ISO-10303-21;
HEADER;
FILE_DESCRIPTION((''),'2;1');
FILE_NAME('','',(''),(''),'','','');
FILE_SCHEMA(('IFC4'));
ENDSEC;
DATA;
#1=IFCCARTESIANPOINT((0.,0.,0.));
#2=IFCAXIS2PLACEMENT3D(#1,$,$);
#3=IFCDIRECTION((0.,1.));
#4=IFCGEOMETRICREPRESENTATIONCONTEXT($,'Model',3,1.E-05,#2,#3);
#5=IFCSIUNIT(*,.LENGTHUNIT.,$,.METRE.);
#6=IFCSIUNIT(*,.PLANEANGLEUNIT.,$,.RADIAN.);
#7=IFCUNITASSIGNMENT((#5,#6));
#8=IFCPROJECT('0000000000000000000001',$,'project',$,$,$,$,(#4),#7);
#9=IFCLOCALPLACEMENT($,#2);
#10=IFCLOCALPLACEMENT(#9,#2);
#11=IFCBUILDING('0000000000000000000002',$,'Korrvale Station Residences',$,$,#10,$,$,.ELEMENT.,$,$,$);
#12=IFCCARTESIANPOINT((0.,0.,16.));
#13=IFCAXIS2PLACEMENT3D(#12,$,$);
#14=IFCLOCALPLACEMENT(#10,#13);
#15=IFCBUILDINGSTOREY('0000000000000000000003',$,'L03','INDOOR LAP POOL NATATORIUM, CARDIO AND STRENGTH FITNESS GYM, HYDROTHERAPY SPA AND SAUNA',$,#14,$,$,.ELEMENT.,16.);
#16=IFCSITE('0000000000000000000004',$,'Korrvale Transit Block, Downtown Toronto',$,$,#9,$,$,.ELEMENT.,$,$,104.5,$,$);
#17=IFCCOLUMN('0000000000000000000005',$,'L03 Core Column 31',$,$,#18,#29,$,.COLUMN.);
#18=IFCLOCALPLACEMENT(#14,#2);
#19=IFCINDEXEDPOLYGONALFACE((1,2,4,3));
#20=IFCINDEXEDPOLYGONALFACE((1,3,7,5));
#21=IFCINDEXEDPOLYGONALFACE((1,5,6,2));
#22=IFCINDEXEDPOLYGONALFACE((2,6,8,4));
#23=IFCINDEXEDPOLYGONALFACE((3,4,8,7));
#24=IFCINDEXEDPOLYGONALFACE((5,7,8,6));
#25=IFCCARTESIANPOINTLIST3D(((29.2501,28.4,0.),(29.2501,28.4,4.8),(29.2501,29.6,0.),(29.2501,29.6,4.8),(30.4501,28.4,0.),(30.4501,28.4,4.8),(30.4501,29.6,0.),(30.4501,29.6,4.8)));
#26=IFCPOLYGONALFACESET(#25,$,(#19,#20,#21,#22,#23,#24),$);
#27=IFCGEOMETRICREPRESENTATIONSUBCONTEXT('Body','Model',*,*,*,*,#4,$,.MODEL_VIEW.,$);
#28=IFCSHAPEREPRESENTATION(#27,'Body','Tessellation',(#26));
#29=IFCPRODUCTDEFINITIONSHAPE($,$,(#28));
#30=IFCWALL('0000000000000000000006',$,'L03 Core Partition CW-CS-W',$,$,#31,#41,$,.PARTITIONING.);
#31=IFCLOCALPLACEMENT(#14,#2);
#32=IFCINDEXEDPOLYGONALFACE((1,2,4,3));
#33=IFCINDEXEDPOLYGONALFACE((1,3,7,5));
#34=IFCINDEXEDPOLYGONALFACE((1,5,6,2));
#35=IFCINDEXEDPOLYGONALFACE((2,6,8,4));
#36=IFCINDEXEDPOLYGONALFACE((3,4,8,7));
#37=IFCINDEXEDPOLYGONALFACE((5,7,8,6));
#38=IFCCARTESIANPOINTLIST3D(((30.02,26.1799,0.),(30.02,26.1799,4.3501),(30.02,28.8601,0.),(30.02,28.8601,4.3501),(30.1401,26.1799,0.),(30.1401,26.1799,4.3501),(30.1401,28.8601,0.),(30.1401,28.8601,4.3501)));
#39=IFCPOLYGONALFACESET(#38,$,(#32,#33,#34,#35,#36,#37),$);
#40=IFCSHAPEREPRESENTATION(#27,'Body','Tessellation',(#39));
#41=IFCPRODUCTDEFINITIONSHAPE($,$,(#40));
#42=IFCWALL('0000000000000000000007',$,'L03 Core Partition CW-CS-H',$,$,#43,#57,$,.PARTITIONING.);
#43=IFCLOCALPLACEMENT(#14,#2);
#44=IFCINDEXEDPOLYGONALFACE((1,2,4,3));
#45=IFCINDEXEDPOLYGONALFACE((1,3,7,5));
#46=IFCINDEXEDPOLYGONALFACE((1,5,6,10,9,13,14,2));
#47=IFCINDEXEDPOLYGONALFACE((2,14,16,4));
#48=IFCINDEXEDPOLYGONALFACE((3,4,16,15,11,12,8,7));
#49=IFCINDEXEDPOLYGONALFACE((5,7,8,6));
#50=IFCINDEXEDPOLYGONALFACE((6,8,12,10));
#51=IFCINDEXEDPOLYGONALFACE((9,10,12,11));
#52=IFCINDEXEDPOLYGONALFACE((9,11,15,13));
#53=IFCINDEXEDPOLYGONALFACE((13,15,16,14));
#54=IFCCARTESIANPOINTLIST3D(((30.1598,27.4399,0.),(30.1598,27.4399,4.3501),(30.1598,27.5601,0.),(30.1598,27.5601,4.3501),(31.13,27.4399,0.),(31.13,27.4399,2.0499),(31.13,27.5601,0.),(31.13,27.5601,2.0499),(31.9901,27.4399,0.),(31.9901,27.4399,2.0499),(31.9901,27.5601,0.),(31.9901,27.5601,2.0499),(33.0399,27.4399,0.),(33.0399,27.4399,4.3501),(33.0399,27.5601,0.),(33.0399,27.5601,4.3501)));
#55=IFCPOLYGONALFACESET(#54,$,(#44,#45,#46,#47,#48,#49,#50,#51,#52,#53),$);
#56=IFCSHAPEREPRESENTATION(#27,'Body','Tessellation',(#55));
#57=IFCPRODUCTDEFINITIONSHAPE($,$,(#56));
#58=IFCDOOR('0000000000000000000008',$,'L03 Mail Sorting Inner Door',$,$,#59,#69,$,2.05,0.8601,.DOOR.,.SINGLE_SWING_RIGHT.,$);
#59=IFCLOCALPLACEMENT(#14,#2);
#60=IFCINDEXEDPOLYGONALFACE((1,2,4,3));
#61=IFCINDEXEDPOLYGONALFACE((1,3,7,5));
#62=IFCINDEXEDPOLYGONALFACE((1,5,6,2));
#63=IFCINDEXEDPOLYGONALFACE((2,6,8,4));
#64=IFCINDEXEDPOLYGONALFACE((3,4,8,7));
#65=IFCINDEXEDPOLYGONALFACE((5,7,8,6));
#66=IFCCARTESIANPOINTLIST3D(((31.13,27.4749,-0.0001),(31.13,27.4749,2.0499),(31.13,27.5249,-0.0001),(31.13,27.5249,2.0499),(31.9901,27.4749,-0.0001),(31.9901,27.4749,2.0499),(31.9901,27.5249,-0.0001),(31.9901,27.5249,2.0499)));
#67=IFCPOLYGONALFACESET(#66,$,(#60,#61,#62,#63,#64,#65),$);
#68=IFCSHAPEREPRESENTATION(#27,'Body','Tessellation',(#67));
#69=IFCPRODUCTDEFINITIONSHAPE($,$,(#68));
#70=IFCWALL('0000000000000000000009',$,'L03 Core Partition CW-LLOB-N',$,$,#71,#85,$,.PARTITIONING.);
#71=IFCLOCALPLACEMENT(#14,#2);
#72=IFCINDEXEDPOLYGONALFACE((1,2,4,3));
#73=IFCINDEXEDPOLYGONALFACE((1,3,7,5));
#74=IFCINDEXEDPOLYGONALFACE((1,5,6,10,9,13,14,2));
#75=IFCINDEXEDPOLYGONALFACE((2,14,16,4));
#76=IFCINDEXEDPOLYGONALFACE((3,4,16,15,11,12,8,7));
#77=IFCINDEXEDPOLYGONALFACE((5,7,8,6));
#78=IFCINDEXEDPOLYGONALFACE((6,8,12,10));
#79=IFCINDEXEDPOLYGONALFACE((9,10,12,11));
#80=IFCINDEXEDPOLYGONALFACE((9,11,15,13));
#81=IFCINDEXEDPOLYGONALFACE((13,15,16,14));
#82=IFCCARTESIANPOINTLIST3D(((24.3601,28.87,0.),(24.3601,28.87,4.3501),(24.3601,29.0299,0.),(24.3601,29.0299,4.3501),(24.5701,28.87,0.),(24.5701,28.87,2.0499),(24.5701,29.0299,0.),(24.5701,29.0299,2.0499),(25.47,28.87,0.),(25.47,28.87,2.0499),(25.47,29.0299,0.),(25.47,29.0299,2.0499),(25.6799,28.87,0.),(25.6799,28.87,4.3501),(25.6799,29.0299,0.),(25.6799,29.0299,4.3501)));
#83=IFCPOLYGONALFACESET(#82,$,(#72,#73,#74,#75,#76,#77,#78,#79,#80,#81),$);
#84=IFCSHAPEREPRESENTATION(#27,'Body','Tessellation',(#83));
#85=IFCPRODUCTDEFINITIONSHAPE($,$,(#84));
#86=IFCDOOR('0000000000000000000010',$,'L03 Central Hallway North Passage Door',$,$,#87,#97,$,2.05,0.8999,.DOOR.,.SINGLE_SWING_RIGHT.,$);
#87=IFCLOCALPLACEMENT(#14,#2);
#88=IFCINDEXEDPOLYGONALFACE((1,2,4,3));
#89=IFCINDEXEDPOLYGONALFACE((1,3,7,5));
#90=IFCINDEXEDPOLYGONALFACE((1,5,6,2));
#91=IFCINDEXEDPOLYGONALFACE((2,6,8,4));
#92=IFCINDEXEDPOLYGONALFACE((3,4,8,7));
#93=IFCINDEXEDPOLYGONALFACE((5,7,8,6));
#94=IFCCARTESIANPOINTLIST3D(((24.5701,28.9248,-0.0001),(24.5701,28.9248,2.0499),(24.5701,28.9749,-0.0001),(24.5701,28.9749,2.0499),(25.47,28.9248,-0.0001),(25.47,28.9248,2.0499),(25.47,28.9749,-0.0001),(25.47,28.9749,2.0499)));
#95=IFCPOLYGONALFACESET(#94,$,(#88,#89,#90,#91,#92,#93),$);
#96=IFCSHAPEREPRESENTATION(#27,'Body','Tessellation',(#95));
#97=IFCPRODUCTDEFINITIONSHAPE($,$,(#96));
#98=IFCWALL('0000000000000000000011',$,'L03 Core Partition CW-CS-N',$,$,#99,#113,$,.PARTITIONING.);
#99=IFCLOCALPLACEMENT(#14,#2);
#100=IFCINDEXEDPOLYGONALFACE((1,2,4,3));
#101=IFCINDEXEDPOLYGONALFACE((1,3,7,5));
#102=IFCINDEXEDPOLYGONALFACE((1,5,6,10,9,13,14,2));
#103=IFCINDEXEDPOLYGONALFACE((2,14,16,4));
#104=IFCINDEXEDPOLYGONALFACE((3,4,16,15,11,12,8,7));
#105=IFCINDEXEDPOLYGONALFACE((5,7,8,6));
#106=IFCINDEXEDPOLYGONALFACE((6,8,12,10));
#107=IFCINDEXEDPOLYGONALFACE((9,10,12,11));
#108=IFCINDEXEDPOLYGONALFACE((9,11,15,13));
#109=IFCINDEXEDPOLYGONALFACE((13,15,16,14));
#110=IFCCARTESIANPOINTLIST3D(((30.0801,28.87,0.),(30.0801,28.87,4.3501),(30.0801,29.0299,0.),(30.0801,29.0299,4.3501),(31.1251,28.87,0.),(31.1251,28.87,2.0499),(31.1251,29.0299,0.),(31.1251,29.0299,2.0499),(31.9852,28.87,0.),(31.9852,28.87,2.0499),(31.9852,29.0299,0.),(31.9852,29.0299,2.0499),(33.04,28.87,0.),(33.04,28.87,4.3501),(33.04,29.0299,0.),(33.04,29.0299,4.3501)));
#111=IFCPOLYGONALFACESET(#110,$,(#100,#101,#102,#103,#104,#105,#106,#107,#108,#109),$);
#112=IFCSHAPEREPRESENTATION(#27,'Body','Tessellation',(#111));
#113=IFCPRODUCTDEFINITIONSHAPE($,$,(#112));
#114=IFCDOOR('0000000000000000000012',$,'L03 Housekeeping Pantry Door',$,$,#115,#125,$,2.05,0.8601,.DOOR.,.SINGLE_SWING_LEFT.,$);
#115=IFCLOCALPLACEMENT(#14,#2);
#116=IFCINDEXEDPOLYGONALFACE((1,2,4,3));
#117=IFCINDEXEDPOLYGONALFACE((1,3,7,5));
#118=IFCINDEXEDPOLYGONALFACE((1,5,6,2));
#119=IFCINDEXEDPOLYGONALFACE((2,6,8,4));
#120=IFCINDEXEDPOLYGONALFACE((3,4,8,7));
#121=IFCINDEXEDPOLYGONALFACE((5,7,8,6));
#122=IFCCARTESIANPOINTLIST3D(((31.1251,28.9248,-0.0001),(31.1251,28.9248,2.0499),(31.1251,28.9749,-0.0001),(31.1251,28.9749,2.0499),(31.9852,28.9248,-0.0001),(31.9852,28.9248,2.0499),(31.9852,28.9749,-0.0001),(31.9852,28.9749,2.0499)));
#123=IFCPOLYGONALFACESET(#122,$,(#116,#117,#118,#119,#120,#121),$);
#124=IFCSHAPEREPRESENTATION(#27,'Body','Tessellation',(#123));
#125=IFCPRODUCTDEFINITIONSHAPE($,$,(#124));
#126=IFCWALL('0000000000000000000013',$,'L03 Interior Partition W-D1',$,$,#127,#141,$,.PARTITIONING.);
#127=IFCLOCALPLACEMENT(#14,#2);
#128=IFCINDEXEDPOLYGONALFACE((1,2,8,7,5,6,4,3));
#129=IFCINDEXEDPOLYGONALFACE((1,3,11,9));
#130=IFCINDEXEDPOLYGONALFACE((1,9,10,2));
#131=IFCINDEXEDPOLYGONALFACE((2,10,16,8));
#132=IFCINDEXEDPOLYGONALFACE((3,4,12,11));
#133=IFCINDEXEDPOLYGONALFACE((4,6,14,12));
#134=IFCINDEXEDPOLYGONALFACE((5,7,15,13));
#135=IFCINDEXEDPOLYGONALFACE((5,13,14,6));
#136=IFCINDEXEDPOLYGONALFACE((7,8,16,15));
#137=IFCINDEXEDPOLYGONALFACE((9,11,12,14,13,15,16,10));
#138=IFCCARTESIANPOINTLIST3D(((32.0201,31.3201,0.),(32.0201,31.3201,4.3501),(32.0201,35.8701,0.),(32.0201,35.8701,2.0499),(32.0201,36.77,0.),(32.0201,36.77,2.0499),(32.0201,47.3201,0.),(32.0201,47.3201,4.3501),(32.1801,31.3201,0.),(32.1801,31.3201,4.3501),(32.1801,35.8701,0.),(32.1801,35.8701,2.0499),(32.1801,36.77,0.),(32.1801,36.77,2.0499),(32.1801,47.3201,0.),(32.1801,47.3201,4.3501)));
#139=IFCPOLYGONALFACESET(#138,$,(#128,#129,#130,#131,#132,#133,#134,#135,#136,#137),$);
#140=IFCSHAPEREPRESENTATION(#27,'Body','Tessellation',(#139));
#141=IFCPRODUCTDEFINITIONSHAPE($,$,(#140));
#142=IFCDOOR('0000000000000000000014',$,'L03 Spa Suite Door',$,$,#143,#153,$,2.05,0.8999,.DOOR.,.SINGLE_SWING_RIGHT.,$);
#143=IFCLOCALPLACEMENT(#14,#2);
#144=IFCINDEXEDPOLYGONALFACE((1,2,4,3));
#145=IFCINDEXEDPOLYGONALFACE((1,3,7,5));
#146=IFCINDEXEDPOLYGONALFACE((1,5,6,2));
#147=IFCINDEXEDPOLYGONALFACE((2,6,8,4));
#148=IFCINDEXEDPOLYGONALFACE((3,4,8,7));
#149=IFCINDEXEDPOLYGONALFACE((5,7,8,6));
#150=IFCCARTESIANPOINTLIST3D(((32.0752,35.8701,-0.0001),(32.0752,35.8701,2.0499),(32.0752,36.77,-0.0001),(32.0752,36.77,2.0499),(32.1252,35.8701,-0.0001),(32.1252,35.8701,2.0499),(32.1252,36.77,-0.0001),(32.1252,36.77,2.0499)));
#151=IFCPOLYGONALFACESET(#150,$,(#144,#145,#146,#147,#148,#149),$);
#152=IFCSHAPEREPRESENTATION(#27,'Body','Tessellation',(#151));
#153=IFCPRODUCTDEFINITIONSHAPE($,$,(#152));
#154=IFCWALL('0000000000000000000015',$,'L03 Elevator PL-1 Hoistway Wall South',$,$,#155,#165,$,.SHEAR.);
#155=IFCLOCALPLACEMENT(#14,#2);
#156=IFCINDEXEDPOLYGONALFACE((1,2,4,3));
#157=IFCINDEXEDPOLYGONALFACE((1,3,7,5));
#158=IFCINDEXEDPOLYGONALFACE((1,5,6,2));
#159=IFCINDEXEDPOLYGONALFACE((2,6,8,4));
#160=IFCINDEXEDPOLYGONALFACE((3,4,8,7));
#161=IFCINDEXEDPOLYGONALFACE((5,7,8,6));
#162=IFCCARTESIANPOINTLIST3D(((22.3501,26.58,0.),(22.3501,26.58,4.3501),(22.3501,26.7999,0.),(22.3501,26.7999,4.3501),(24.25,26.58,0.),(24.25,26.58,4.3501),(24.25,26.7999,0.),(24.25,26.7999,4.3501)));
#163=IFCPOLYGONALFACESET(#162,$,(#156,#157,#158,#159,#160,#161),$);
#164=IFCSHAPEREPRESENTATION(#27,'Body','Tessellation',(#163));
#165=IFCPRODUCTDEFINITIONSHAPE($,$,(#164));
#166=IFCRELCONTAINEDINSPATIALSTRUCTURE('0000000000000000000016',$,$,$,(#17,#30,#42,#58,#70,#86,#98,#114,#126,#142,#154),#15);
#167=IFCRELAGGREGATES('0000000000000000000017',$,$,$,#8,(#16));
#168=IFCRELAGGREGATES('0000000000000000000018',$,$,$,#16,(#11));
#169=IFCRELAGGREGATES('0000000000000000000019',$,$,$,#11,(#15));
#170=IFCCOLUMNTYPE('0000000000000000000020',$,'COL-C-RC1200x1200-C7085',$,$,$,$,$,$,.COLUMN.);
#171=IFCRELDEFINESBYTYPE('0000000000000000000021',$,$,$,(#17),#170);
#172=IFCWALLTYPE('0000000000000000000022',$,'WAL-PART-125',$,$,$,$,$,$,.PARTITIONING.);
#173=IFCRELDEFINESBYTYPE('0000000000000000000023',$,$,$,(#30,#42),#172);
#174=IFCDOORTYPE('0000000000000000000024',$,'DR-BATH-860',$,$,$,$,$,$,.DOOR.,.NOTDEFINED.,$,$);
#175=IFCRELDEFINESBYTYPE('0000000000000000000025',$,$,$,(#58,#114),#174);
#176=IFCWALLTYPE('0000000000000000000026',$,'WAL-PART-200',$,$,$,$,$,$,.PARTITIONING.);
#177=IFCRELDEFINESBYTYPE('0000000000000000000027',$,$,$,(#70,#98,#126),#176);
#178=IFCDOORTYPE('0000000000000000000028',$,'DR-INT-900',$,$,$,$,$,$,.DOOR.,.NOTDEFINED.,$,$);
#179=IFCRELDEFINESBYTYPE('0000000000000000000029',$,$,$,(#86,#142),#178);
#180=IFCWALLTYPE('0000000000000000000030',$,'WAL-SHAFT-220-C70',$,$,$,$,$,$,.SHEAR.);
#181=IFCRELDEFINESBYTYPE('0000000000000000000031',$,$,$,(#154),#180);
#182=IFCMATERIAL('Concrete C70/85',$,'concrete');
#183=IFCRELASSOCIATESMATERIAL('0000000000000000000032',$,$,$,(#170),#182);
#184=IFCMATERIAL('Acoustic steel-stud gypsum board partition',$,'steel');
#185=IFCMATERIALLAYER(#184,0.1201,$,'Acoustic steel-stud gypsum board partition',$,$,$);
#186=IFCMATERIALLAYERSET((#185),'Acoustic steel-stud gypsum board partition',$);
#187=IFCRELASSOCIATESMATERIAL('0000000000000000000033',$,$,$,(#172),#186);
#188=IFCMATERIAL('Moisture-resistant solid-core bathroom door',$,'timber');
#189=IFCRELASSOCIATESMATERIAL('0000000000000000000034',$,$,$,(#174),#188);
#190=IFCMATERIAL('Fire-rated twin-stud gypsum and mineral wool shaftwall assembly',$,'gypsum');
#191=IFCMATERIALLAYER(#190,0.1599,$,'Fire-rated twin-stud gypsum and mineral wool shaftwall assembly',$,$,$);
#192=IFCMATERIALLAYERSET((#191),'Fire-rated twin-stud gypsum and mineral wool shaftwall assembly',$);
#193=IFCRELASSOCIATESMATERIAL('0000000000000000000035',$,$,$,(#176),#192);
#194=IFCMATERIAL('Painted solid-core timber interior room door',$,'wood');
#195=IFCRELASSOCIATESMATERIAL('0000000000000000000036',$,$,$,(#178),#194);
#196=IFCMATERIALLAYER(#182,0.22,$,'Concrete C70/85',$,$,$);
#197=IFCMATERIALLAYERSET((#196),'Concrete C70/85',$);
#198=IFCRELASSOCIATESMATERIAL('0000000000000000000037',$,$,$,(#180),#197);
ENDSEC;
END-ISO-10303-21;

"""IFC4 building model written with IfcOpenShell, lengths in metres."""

from ifc_helpers import new_model, si_unit, direction, frame, frame_2d, origin, origin_2d, place, context, subcontext, project, spatial, rectangle, extrude, material, layer, layer_set, material_profile, profile_set, type_object, element, fill, save


model = new_model("IFC4")

# Units and contexts
model_context = context("Model", 3, precision=1e-05, world=origin(), true_north=direction((0.0, 1.0)))
body_context = subcontext(model_context, "Body", "Model", "MODEL_VIEW")
ifc_project = project(units=[si_unit("LENGTHUNIT", "METRE"), si_unit("PLANEANGLEUNIT", "RADIAN")], contexts=[model_context])

# Site, building, storey
site_placement = place(None, origin())
site = spatial("IfcSite", under=ifc_project, at=site_placement, Name="Korrvale Transit Block, Downtown Toronto", CompositionType="ELEMENT", RefElevation=104.5)
building_placement = place(site_placement, origin())
building = spatial("IfcBuilding", under=site, at=building_placement, Name="Korrvale Station Residences", CompositionType="ELEMENT")
storey_placement = place(building_placement, frame((0.0, 0.0, 16.0)))
storey = spatial("IfcBuildingStorey", under=building, at=storey_placement, Name="L03", Description="INDOOR LAP POOL NATATORIUM, CARDIO AND STRENGTH FITNESS GYM, HYDROTHERAPY SPA AND SAUNA", CompositionType="ELEMENT", Elevation=16.0)

# Column
ifc_material_1 = material(Name="Concrete C70/85", Category="concrete")
ifc_material_profile = material_profile(ifc_material_1, rectangle(XDim=1.2, YDim=1.2, at=origin_2d()), Name="RC1200x1200")
ifc_profile_set = profile_set([ifc_material_profile], Name="Concrete C70/85")
column_type = type_object("IfcColumnType", Name="COL-C-RC1200x1200-C7085", PredefinedType="COLUMN", material=ifc_profile_set)
column_placement = place(storey_placement, frame((29.8501, 29.0, 0.0), z_axis=(0.0, 0.0, 1.0), x_axis=(1.0, 0.0, 0.0)))
element("IfcColumn", 1, at=column_placement, inside=storey, type_object=column_type, Name="L03 Core Column 31", PredefinedType="COLUMN", context=body_context, shape_type="SweptSolid", body=[
    extrude(rectangle(XDim=1.2, YDim=1.2, at=origin_2d()), origin(), (0.0, 0.0, 1.0), 4.8),
])

# Wall
ifc_material_2 = material(Name="Acoustic steel-stud gypsum board partition", Category="steel")
ifc_layer_1 = layer(ifc_material_2, 0.1201, Name="Acoustic steel-stud gypsum board partition")
ifc_layer_set_1 = layer_set([ifc_layer_1], Name="Acoustic steel-stud gypsum board partition")
wall_type_1 = type_object("IfcWallType", Name="WAL-PART-125", PredefinedType="PARTITIONING", material=ifc_layer_set_1)
wall_1_placement = place(storey_placement, frame((30.0801, 26.1799, 0.0), z_axis=(0.0, 0.0, 1.0), x_axis=(0.0, 1.0, 0.0)))
element("IfcWall", 2, at=wall_1_placement, inside=storey, type_object=wall_type_1, Name="L03 Core Partition CW-CS-W", PredefinedType="PARTITIONING", context=body_context, shape_type="SweptSolid", body=[
    extrude(rectangle(XDim=2.6802, YDim=0.1201, at=frame_2d((1.3401, 0.0))), origin(), (0.0, 0.0, 1.0), 4.3501),
])

# Walls, openings, doors
wall_2_placement = place(storey_placement, frame((30.1599, 27.5, 0.0), z_axis=(0.0, 0.0, 1.0), x_axis=(1.0, 0.0, 0.0)))
wall_2 = element("IfcWall", 3, at=wall_2_placement, inside=storey, type_object=wall_type_1, Name="L03 Core Partition CW-CS-H", PredefinedType="PARTITIONING", context=body_context, shape_type="SweptSolid", body=[
    extrude(rectangle(XDim=2.8801, YDim=0.1201, at=frame_2d((1.4399, 0.0))), origin(), (0.0, 0.0, 1.0), 4.3501),
])
opening_1_placement = place(wall_2_placement, frame((0.97, 0.0, 0.0)))
opening_1 = element("IfcOpeningElement", 4, at=opening_1_placement, cuts=wall_2, PredefinedType="OPENING", context=body_context, shape_type="SweptSolid", body=[
    extrude(rectangle(XDim=0.8601, YDim=2.05, at=frame_2d((0.4302, 1.0249))), frame((0.0, 0.0701, 0.0), z_axis=(0.0, -1.0, 0.0), x_axis=(1.0, 0.0, 0.0)), (0.0, 0.0, 1.0), 0.1401),
])
ifc_material_3 = material(Name="Moisture-resistant solid-core bathroom door", Category="timber")
door_type_1 = type_object("IfcDoorType", Name="DR-BATH-860", OperationType="NOTDEFINED", PredefinedType="DOOR", material=ifc_material_3)
door_1_placement = place(opening_1_placement, origin())
door_1 = element("IfcDoor", 5, at=door_1_placement, inside=storey, type_object=door_type_1, Name="L03 Mail Sorting Inner Door", OperationType="SINGLE_SWING_RIGHT", OverallHeight=2.05, OverallWidth=0.8601, PredefinedType="DOOR", context=body_context, shape_type="SweptSolid", body=[
    extrude(rectangle(XDim=0.8601, YDim=2.05, at=frame_2d((0.4302, 1.0249))), frame((0.0, 0.0249, 0.0), z_axis=(0.0, -1.0, 0.0), x_axis=(1.0, 0.0, 0.0)), (0.0, 0.0, 1.0), 0.05),
])
fill(opening_1, door_1)
ifc_material_4 = material(Name="Fire-rated twin-stud gypsum and mineral wool shaftwall assembly", Category="gypsum")
ifc_layer_2 = layer(ifc_material_4, 0.1599, Name="Fire-rated twin-stud gypsum and mineral wool shaftwall assembly")
ifc_layer_set_2 = layer_set([ifc_layer_2], Name="Fire-rated twin-stud gypsum and mineral wool shaftwall assembly")
wall_type_2 = type_object("IfcWallType", Name="WAL-PART-200", PredefinedType="PARTITIONING", material=ifc_layer_set_2)
wall_3_placement = place(storey_placement, frame((24.3601, 28.95, 0.0), z_axis=(0.0, 0.0, 1.0), x_axis=(1.0, 0.0, 0.0)))
wall_3 = element("IfcWall", 6, at=wall_3_placement, inside=storey, type_object=wall_type_2, Name="L03 Core Partition CW-LLOB-N", PredefinedType="PARTITIONING", context=body_context, shape_type="SweptSolid", body=[
    extrude(rectangle(XDim=1.3198, YDim=0.1599, at=frame_2d((0.6599, 0.0))), origin(), (0.0, 0.0, 1.0), 4.3501),
])
opening_2_placement = place(wall_3_placement, frame((0.21, 0.0, 0.0)))
opening_2 = element("IfcOpeningElement", 7, at=opening_2_placement, cuts=wall_3, PredefinedType="OPENING", context=body_context, shape_type="SweptSolid", body=[
    extrude(rectangle(XDim=0.8999, YDim=2.05, at=frame_2d((0.45, 1.0249))), frame((0.0, 0.0898, 0.0), z_axis=(0.0, -1.0, 0.0), x_axis=(1.0, 0.0, 0.0)), (0.0, 0.0, 1.0), 0.1799),
])
ifc_material_5 = material(Name="Painted solid-core timber interior room door", Category="wood")
door_type_2 = type_object("IfcDoorType", Name="DR-INT-900", OperationType="NOTDEFINED", PredefinedType="DOOR", material=ifc_material_5)
door_2_placement = place(opening_2_placement, origin())
door_2 = element("IfcDoor", 8, at=door_2_placement, inside=storey, type_object=door_type_2, Name="L03 Central Hallway North Passage Door", OperationType="SINGLE_SWING_RIGHT", OverallHeight=2.05, OverallWidth=0.8999, PredefinedType="DOOR", context=body_context, shape_type="SweptSolid", body=[
    extrude(rectangle(XDim=0.8999, YDim=2.05, at=frame_2d((0.45, 1.0249))), frame((0.0, 0.0249, 0.0), z_axis=(0.0, -1.0, 0.0), x_axis=(1.0, 0.0, 0.0)), (0.0, 0.0, 1.0), 0.05),
])
fill(opening_2, door_2)
wall_4_placement = place(storey_placement, frame((30.0801, 28.95, 0.0), z_axis=(0.0, 0.0, 1.0), x_axis=(1.0, 0.0, 0.0)))
wall_4 = element("IfcWall", 9, at=wall_4_placement, inside=storey, type_object=wall_type_2, Name="L03 Core Partition CW-CS-N", PredefinedType="PARTITIONING", context=body_context, shape_type="SweptSolid", body=[
    extrude(rectangle(XDim=2.96, YDim=0.1599, at=frame_2d((1.48, 0.0))), origin(), (0.0, 0.0, 1.0), 4.3501),
])
opening_3_placement = place(wall_4_placement, frame((1.0449, 0.0, 0.0)))
opening_3 = element("IfcOpeningElement", 10, at=opening_3_placement, cuts=wall_4, PredefinedType="OPENING", context=body_context, shape_type="SweptSolid", body=[
    extrude(rectangle(XDim=0.8601, YDim=2.05, at=frame_2d((0.4302, 1.0249))), frame((0.0, 0.0898, 0.0), z_axis=(0.0, -1.0, 0.0), x_axis=(1.0, 0.0, 0.0)), (0.0, 0.0, 1.0), 0.1799),
])
door_3_placement = place(opening_3_placement, origin())
door_3 = element("IfcDoor", 11, at=door_3_placement, inside=storey, type_object=door_type_1, Name="L03 Housekeeping Pantry Door", OperationType="SINGLE_SWING_LEFT", OverallHeight=2.05, OverallWidth=0.8601, PredefinedType="DOOR", context=body_context, shape_type="SweptSolid", body=[
    extrude(rectangle(XDim=0.8601, YDim=2.05, at=frame_2d((0.4302, 1.0249))), frame((0.0, 0.0249, 0.0), z_axis=(0.0, -1.0, 0.0), x_axis=(1.0, 0.0, 0.0)), (0.0, 0.0, 1.0), 0.05),
])
fill(opening_3, door_3)
wall_5_placement = place(storey_placement, frame((32.1001, 31.3201, 0.0), z_axis=(0.0, 0.0, 1.0), x_axis=(0.0, 1.0, 0.0)))
wall_5 = element("IfcWall", 12, at=wall_5_placement, inside=storey, type_object=wall_type_2, Name="L03 Interior Partition W-D1", PredefinedType="PARTITIONING", context=body_context, shape_type="SweptSolid", body=[
    extrude(rectangle(XDim=16.0, YDim=0.1599, at=frame_2d((8.0, 0.0))), origin(), (0.0, 0.0, 1.0), 4.3501),
])
opening_4_placement = place(wall_5_placement, frame((4.55, 0.0, 0.0)))
opening_4 = element("IfcOpeningElement", 13, at=opening_4_placement, cuts=wall_5, PredefinedType="OPENING", context=body_context, shape_type="SweptSolid", body=[
    extrude(rectangle(XDim=0.8999, YDim=2.05, at=frame_2d((0.45, 1.0249))), frame((0.0, 0.0898, 0.0), z_axis=(0.0, -1.0, 0.0), x_axis=(1.0, 0.0, 0.0)), (0.0, 0.0, 1.0), 0.1799),
])
door_4_placement = place(opening_4_placement, origin())
door_4 = element("IfcDoor", 14, at=door_4_placement, inside=storey, type_object=door_type_2, Name="L03 Spa Suite Door", OperationType="SINGLE_SWING_RIGHT", OverallHeight=2.05, OverallWidth=0.8999, PredefinedType="DOOR", context=body_context, shape_type="SweptSolid", body=[
    extrude(rectangle(XDim=0.8999, YDim=2.05, at=frame_2d((0.45, 1.0249))), frame((0.0, 0.0249, 0.0), z_axis=(0.0, -1.0, 0.0), x_axis=(1.0, 0.0, 0.0)), (0.0, 0.0, 1.0), 0.05),
])
fill(opening_4, door_4)

# Wall
ifc_layer_3 = layer(ifc_material_1, 0.22, Name="Concrete C70/85")
ifc_layer_set_3 = layer_set([ifc_layer_3], Name="Concrete C70/85")
wall_type_3 = type_object("IfcWallType", Name="WAL-SHAFT-220-C70", PredefinedType="SHEAR", material=ifc_layer_set_3)
for number, where, z_axis, x_axis, name in (
    (15, (22.3501, 26.6899, 0.0), (0.0, 0.0, 1.0), (1.0, 0.0, 0.0), "L03 Elevator PL-1 Hoistway Wall South"),
):
    element("IfcWall", number, at=place(storey_placement, frame(where, z_axis=z_axis, x_axis=x_axis)), inside=storey, type_object=wall_type_3, Name=name, PredefinedType="SHEAR", context=body_context, shape_type="SweptSolid", body=[
        extrude(rectangle(XDim=1.8999, YDim=0.22, at=frame_2d((0.95, 0.0))), origin(), (0.0, 0.0, 1.0), 4.3501),
    ])

save(model, "model.ifc")
